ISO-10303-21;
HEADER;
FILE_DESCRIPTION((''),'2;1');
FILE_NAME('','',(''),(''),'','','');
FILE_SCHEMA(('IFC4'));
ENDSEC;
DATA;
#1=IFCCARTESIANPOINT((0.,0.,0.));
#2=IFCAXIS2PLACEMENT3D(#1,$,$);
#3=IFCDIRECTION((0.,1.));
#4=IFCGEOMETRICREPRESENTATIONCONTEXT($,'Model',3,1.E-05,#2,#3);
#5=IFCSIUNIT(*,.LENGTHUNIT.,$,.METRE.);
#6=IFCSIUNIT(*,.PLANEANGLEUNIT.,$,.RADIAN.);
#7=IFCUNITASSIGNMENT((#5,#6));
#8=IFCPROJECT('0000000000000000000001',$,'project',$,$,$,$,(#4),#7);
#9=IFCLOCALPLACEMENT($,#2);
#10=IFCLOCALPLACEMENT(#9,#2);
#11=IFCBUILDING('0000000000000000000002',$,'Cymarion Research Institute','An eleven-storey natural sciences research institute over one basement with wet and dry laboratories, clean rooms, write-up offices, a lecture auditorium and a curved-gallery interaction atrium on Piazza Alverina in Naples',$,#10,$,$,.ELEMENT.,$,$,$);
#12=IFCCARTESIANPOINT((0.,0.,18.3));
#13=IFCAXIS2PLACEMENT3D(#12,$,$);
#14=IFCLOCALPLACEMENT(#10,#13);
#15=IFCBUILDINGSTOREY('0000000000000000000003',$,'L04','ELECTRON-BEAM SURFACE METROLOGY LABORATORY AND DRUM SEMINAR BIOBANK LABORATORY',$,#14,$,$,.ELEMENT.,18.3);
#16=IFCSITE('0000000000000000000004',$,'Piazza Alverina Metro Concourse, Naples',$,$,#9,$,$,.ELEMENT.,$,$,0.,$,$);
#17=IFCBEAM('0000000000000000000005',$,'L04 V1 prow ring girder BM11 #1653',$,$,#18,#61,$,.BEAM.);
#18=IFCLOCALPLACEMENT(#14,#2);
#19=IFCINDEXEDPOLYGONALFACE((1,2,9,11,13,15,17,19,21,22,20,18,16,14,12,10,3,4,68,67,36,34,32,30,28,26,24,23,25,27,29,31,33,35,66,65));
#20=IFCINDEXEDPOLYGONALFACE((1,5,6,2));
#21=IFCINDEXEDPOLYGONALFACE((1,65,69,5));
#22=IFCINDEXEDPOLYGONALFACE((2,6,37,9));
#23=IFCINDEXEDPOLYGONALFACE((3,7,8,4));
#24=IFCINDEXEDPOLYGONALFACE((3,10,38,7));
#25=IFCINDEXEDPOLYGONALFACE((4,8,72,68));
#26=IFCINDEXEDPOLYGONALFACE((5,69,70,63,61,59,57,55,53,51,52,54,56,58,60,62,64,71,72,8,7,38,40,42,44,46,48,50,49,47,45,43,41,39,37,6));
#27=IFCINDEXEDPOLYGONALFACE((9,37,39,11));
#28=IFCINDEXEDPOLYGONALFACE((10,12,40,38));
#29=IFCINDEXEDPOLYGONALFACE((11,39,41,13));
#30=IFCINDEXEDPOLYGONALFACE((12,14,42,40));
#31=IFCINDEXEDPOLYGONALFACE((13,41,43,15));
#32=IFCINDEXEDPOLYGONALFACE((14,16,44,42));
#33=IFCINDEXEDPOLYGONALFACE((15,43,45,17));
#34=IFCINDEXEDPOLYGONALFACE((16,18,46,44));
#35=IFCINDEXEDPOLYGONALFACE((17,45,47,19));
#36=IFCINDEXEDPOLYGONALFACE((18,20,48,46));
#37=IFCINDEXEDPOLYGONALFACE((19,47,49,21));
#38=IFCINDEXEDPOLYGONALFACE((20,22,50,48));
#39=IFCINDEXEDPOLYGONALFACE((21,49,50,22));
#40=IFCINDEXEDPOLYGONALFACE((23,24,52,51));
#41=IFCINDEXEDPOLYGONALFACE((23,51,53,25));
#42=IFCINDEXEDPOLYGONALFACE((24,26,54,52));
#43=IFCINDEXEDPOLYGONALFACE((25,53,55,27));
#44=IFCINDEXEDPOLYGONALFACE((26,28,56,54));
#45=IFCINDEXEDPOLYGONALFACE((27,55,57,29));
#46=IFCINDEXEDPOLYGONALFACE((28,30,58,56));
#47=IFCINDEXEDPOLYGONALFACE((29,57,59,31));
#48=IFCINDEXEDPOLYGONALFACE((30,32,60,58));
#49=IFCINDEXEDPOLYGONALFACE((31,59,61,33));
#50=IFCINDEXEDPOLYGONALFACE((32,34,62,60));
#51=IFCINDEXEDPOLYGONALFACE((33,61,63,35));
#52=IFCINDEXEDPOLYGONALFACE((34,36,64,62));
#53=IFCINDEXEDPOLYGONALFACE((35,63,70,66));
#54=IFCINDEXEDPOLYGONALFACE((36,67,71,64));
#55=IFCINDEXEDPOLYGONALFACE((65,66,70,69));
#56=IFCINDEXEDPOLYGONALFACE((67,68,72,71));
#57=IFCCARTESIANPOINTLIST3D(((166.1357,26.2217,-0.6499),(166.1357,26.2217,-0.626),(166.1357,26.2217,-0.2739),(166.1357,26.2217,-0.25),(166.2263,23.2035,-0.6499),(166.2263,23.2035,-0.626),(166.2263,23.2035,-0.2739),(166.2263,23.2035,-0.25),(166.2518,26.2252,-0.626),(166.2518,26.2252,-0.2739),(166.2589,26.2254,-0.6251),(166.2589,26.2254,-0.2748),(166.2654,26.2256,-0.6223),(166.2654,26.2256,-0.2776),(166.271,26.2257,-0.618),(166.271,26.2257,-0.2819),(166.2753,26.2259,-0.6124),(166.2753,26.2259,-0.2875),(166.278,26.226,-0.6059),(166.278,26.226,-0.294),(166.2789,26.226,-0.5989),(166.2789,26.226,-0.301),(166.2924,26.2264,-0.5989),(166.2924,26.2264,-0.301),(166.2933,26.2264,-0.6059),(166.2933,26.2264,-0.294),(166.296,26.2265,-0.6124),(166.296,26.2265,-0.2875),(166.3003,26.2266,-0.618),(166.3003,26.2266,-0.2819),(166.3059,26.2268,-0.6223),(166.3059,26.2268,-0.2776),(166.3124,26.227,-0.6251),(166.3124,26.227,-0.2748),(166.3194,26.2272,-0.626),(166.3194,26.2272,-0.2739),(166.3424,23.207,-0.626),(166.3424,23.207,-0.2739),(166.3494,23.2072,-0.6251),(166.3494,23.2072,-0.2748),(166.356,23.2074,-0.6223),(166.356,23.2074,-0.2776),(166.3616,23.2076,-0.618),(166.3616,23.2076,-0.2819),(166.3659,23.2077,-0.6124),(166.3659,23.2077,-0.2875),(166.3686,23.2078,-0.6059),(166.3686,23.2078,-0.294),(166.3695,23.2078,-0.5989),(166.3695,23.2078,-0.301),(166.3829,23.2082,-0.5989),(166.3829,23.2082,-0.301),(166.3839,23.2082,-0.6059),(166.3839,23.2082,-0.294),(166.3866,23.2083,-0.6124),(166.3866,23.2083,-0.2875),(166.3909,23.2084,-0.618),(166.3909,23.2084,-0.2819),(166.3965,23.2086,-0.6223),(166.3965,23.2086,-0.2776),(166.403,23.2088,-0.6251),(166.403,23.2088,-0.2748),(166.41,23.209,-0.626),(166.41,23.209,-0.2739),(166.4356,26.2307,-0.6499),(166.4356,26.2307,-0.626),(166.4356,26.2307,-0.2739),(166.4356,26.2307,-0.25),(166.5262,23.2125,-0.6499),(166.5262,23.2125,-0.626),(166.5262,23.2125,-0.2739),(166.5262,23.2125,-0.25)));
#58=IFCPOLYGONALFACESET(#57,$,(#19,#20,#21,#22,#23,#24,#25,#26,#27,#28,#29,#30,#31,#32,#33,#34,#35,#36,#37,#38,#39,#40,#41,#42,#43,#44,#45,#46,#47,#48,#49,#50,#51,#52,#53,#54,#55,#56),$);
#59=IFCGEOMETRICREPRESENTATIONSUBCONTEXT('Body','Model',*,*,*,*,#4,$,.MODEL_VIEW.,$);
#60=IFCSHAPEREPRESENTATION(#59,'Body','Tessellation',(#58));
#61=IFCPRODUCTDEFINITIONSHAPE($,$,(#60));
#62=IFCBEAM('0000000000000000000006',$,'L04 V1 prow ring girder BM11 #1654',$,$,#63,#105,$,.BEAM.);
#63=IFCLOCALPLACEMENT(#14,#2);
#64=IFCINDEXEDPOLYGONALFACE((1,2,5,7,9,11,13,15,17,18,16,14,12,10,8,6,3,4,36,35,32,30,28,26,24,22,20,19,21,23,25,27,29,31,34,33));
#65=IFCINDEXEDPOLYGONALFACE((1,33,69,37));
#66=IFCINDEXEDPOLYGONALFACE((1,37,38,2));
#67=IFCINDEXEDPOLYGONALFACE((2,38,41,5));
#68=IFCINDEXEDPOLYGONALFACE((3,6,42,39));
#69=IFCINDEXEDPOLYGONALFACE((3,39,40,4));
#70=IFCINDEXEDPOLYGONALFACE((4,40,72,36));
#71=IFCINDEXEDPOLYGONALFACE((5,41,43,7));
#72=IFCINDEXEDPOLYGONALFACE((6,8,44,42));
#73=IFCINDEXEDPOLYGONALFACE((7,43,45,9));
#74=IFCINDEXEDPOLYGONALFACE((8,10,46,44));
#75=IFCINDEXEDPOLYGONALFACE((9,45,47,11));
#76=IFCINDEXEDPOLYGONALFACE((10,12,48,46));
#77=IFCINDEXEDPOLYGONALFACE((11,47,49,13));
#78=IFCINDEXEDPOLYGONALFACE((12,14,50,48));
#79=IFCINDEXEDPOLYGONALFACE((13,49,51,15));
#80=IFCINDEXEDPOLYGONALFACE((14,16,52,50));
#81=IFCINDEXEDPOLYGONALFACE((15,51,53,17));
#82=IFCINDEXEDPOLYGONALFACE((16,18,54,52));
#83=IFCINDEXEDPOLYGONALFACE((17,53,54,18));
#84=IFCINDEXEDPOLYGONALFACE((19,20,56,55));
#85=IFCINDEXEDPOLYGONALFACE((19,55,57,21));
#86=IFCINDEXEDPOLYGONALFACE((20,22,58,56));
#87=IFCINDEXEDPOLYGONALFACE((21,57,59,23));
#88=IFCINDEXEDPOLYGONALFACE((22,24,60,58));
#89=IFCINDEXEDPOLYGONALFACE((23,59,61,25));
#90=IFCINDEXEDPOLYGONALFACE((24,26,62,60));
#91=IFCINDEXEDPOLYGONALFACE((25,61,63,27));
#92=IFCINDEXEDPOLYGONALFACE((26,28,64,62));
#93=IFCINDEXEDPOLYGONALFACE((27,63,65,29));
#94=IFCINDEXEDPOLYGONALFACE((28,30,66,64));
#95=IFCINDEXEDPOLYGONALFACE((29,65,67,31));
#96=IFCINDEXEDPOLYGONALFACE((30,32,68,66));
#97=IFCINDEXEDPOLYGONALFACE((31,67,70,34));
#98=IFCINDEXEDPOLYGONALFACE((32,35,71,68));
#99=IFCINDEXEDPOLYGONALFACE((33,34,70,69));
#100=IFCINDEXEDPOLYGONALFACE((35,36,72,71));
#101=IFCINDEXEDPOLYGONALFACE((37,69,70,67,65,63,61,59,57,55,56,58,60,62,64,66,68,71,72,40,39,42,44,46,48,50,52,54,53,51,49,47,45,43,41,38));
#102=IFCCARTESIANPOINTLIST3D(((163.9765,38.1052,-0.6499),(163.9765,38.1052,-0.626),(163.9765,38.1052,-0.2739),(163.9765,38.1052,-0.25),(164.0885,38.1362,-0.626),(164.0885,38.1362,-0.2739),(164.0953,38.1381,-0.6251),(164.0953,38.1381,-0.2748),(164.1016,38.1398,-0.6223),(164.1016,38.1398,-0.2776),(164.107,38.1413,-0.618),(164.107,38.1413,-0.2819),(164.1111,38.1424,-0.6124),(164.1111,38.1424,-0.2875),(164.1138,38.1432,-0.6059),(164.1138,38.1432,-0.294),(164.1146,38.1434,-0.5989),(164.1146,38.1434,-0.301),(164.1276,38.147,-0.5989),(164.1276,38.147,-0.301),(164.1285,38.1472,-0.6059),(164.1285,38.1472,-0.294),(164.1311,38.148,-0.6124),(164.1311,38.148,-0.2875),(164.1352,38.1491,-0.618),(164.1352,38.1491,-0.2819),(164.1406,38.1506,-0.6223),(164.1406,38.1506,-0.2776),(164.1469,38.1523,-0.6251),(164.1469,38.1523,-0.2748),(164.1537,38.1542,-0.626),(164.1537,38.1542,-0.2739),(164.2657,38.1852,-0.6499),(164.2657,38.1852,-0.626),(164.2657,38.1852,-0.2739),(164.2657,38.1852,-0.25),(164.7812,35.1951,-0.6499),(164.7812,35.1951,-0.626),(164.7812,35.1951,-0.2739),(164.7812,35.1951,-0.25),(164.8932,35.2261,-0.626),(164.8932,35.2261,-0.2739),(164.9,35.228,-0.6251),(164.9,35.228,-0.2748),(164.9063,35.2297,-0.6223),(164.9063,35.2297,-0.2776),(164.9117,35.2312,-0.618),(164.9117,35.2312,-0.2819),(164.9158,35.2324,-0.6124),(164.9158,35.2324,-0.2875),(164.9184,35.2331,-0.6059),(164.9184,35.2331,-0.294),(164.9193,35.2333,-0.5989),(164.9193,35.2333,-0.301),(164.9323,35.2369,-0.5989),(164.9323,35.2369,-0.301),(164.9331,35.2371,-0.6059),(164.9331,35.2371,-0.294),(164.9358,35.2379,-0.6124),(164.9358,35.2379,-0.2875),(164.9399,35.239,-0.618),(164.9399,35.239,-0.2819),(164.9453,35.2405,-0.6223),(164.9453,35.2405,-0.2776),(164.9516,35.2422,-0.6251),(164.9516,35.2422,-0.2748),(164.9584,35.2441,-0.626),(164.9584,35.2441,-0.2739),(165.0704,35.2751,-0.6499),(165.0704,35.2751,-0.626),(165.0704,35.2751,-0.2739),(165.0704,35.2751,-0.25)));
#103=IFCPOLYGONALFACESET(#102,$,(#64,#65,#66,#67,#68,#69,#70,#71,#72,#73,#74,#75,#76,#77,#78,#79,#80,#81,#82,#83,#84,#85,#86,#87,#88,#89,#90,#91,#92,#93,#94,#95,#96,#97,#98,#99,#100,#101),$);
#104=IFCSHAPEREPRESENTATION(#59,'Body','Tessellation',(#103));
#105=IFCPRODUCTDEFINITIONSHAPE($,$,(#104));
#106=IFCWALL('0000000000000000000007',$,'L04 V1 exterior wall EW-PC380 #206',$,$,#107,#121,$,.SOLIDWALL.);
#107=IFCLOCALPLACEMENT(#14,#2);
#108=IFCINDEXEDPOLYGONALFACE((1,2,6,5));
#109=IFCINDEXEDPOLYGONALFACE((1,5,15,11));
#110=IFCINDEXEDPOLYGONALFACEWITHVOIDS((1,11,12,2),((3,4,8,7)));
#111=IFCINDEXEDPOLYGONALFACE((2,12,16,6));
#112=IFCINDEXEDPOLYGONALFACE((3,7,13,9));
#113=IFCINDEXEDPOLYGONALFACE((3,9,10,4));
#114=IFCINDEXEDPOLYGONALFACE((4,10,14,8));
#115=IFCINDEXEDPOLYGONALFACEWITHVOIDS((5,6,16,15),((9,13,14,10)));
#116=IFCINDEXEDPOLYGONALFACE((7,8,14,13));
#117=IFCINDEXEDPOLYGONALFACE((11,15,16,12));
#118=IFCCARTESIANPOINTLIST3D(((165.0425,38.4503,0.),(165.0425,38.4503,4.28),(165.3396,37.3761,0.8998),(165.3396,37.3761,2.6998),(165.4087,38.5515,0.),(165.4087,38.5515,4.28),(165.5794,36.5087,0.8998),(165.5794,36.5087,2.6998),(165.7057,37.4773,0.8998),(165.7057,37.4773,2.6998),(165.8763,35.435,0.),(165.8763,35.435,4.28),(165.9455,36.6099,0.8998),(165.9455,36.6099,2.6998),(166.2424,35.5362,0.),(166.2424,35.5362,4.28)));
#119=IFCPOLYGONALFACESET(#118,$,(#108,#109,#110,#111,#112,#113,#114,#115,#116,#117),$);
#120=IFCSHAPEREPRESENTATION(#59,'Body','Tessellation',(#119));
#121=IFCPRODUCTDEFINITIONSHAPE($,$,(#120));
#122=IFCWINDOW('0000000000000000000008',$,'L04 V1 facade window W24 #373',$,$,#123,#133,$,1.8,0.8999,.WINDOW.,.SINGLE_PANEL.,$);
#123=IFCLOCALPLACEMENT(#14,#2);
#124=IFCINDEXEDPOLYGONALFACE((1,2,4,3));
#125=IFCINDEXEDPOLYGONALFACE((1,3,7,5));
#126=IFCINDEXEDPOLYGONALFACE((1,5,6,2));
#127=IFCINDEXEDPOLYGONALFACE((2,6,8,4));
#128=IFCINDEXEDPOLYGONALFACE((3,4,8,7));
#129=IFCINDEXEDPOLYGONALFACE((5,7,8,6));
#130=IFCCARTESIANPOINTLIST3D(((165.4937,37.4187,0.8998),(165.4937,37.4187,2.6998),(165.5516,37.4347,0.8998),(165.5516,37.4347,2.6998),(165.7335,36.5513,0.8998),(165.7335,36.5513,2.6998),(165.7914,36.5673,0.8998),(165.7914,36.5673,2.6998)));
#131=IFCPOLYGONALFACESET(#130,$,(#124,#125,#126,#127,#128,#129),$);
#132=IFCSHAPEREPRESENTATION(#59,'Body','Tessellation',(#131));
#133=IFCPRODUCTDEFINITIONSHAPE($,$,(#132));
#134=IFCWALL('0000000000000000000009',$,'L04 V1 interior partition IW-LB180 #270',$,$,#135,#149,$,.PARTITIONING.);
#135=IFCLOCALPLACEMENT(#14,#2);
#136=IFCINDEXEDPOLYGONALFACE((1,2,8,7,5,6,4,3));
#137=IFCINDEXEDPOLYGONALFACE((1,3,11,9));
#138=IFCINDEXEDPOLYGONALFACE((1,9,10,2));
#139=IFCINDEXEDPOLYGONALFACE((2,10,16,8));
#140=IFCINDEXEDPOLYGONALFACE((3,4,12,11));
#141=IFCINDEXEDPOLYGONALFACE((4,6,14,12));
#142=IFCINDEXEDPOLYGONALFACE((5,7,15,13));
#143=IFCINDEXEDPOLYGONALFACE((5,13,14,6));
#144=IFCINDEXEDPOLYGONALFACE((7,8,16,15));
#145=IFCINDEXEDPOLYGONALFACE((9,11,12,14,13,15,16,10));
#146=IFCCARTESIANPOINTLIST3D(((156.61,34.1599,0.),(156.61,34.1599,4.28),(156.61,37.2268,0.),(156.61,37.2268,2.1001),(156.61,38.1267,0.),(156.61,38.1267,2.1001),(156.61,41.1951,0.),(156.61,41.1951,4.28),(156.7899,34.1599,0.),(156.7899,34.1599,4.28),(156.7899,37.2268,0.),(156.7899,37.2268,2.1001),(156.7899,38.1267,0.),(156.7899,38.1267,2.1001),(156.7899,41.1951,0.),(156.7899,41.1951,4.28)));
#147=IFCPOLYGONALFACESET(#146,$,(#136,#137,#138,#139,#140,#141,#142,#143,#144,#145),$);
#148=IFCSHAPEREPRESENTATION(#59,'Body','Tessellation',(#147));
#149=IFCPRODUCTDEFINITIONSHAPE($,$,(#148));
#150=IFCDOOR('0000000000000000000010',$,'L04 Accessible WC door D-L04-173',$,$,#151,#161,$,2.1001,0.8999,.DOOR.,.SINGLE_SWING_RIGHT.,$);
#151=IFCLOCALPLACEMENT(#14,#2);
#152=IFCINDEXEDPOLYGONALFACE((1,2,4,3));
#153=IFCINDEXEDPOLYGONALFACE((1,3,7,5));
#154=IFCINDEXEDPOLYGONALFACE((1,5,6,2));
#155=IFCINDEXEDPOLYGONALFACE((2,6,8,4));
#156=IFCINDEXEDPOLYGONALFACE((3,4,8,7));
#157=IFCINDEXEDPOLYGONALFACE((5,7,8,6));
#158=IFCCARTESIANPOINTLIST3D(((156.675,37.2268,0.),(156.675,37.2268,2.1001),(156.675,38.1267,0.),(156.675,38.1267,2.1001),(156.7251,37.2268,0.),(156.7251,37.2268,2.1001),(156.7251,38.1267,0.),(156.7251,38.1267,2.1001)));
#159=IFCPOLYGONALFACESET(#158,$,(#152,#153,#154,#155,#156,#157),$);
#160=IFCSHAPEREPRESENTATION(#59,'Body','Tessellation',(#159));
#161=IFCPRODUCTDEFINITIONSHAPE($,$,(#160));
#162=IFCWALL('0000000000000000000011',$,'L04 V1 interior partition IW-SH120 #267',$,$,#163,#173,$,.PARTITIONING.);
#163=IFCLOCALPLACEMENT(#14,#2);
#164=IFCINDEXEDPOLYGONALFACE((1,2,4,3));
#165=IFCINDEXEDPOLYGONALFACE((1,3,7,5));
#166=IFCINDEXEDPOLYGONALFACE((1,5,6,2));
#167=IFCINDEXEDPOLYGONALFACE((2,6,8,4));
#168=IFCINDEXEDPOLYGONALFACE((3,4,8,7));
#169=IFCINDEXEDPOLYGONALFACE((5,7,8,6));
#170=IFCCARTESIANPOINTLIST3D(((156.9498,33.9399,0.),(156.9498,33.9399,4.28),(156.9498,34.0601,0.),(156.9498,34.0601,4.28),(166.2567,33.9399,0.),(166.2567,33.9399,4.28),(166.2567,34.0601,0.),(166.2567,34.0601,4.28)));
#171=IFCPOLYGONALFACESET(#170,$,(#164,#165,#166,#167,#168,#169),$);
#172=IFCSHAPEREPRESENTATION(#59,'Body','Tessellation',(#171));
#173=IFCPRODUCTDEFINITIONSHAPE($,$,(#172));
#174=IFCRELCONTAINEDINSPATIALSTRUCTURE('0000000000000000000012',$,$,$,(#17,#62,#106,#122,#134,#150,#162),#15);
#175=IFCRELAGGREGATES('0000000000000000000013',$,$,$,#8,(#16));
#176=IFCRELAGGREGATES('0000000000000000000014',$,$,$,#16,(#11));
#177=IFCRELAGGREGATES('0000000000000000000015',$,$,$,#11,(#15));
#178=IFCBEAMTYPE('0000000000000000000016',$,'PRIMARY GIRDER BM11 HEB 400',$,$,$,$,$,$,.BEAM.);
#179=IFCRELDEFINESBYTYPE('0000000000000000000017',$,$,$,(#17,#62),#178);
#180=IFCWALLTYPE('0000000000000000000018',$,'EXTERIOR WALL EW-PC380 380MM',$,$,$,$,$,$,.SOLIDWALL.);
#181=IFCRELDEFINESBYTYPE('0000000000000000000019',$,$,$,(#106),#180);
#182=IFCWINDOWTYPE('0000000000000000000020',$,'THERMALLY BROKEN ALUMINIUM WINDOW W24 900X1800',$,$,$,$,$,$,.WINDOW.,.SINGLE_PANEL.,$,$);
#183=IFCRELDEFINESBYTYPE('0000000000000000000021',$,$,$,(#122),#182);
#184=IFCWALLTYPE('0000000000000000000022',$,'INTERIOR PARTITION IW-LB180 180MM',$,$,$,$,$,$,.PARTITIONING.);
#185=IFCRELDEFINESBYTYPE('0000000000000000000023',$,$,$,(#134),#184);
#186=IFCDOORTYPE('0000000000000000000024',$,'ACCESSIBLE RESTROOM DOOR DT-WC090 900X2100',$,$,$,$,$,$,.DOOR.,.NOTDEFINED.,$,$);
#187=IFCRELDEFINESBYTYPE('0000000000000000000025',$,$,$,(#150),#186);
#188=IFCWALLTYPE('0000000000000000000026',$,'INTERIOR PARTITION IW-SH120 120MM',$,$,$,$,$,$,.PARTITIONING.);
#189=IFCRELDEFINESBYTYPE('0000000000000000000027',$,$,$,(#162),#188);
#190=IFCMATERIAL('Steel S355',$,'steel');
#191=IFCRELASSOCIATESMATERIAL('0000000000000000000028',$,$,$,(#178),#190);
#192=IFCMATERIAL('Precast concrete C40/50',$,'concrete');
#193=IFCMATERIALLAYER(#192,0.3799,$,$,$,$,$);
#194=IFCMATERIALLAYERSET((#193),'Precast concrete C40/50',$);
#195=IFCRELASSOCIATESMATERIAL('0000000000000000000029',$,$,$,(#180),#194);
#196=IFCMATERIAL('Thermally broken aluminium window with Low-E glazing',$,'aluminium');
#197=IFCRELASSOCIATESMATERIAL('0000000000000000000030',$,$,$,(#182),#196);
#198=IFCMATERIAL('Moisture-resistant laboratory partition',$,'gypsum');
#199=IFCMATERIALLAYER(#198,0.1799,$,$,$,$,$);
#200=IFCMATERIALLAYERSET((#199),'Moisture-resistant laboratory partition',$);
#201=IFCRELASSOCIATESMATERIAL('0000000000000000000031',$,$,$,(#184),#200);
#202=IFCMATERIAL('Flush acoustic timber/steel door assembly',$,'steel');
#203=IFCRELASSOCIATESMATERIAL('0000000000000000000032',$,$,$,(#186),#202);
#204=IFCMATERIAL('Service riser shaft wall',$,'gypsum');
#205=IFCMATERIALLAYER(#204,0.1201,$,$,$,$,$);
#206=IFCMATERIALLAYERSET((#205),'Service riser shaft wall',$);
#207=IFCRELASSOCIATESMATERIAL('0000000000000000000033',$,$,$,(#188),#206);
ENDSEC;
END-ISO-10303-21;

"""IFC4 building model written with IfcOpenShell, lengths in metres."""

from ifc_helpers import new_model, si_unit, direction, frame, frame_2d, origin, origin_2d, place, context, subcontext, project, spatial, rectangle, i_section, extrude, material, layer, layer_set, material_profile, profile_set, type_object, element, fill, save


model = new_model("IFC4")

# Units and contexts
model_context = context("Model", 3, precision=1e-05, world=origin(), true_north=direction((0.0, 1.0)))
body_context = subcontext(model_context, "Body", "Model", "MODEL_VIEW")
ifc_project = project(units=[si_unit("LENGTHUNIT", "METRE"), si_unit("PLANEANGLEUNIT", "RADIAN")], contexts=[model_context])

# Site, building, storey
site_placement = place(None, origin())
site = spatial("IfcSite", under=ifc_project, at=site_placement, Name="Piazza Alverina Metro Concourse, Naples", CompositionType="ELEMENT", RefElevation=0.0)
building_placement = place(site_placement, origin())
building = spatial("IfcBuilding", under=site, at=building_placement, Name="Cymarion Research Institute", Description="An eleven-storey natural sciences research institute over one basement with wet and dry laboratories, clean rooms, write-up offices, a lecture auditorium and a curved-gallery interaction atrium on Piazza Alverina in Naples", CompositionType="ELEMENT")
storey_placement = place(building_placement, frame((0.0, 0.0, 18.3)))
storey = spatial("IfcBuildingStorey", under=building, at=storey_placement, Name="L04", Description="ELECTRON-BEAM SURFACE METROLOGY LABORATORY AND DRUM SEMINAR BIOBANK LABORATORY", CompositionType="ELEMENT", Elevation=18.3)

# Shared definitions
ifc_material_1 = material(Name="Steel S355", Category="steel")

# Beams
ifc_material_profile_1 = material_profile(ifc_material_1, i_section(OverallWidth=0.3, OverallDepth=0.3999, WebThickness=0.0134, FlangeThickness=0.0239, FilletRadius=0.0271, at=origin_2d()), Name="HEB 400")
ifc_profile_set_1 = profile_set([ifc_material_profile_1], Name="Steel S355")
beam_type_1 = type_object("IfcBeamType", Name="PRIMARY GIRDER BM11 HEB 400", PredefinedType="BEAM", material=ifc_profile_set_1)
beam_1_placement = place(storey_placement, frame((166.3762, 23.208, -0.45), z_axis=(-0.029998, 0.99955, 0.0), x_axis=(-0.99955, -0.029998, 0.0)))
element("IfcBeam", 1, at=beam_1_placement, inside=storey, type_object=beam_type_1, Name="L04 V1 prow ring girder BM11 #1653", PredefinedType="BEAM", context=body_context, shape_type="SweptSolid", body=[
    extrude(i_section(OverallWidth=0.3, OverallDepth=0.3999, WebThickness=0.0134, FlangeThickness=0.0239, FilletRadius=0.0271, at=origin_2d()), origin(), (0.0, 0.0, 1.0), 3.0195),
])
beam_2_placement = place(storey_placement, frame((164.9258, 35.2351, -0.45), z_axis=(-0.266509, 0.963832, 0.0), x_axis=(-0.963832, -0.266509, 0.0)))
element("IfcBeam", 2, at=beam_2_placement, inside=storey, type_object=beam_type_1, Name="L04 V1 prow ring girder BM11 #1654", PredefinedType="BEAM", context=body_context, shape_type="SweptSolid", body=[
    extrude(i_section(OverallWidth=0.3, OverallDepth=0.3999, WebThickness=0.0134, FlangeThickness=0.0239, FilletRadius=0.0271, at=origin_2d()), origin(), (0.0, 0.0, 1.0), 3.0193),
])

# Wall, opening, window
ifc_material_2 = material(Name="Precast concrete C40/50", Category="concrete")
ifc_layer_1 = layer(ifc_material_2, 0.3799)
ifc_layer_set_1 = layer_set([ifc_layer_1], Name="Precast concrete C40/50")
wall_type_1 = type_object("IfcWallType", Name="EXTERIOR WALL EW-PC380 380MM", PredefinedType="SOLIDWALL", material=ifc_layer_set_1)
wall_1_placement = place(storey_placement, frame((166.0593, 35.4856, 0.0), z_axis=(0.0, 0.0, 1.0), x_axis=(-0.266497, 0.963836, 0.0)))
wall_1 = element("IfcWall", 3, at=wall_1_placement, inside=storey, type_object=wall_type_1, Name="L04 V1 exterior wall EW-PC380 #206", PredefinedType="SOLIDWALL", context=body_context, shape_type="SweptSolid", body=[
    extrude(rectangle(XDim=3.1284, YDim=0.3799, at=frame_2d((1.5642, 0.0))), origin(), (0.0, 0.0, 1.0), 4.28),
])
opening_1_placement = place(wall_1_placement, frame((1.114, 0.0, 0.8999)))
opening_1 = element("IfcOpeningElement", 4, at=opening_1_placement, cuts=wall_1, PredefinedType="OPENING", context=body_context, shape_type="SweptSolid", body=[
    extrude(rectangle(XDim=0.8999, YDim=1.8, at=frame_2d((0.45, 0.8999))), frame((0.0, 0.2, 0.0), z_axis=(0.0, -1.0, 0.0), x_axis=(1.0, 0.0, 0.0)), (0.0, 0.0, 1.0), 0.3999),
])
ifc_material_3 = material(Name="Thermally broken aluminium window with Low-E glazing", Category="aluminium")
window_type = type_object("IfcWindowType", Name="THERMALLY BROKEN ALUMINIUM WINDOW W24 900X1800", PartitioningType="SINGLE_PANEL", PredefinedType="WINDOW", material=ifc_material_3)
window_placement = place(opening_1_placement, origin())
window = element("IfcWindow", 5, at=window_placement, inside=storey, type_object=window_type, Name="L04 V1 facade window W24 #373", OverallHeight=1.8, OverallWidth=0.8999, PartitioningType="SINGLE_PANEL", PredefinedType="WINDOW", context=body_context, shape_type="SweptSolid", body=[
    extrude(rectangle(XDim=0.8999, YDim=1.8, at=frame_2d((0.45, 0.8999))), frame((0.0, 0.03, 0.0), z_axis=(0.0, -1.0, 0.0), x_axis=(1.0, 0.0, 0.0)), (0.0, 0.0, 1.0), 0.0601),
])
fill(opening_1, window)

# Wall, opening, door
ifc_material_4 = material(Name="Moisture-resistant laboratory partition", Category="gypsum")
ifc_layer_2 = layer(ifc_material_4, 0.1799)
ifc_layer_set_2 = layer_set([ifc_layer_2], Name="Moisture-resistant laboratory partition")
wall_type_2 = type_object("IfcWallType", Name="INTERIOR PARTITION IW-LB180 180MM", PredefinedType="PARTITIONING", material=ifc_layer_set_2)
wall_2_placement = place(storey_placement, frame((156.7, 34.1599, 0.0), z_axis=(0.0, 0.0, 1.0), x_axis=(0.0, 1.0, 0.0)))
wall_2 = element("IfcWall", 6, at=wall_2_placement, inside=storey, type_object=wall_type_2, Name="L04 V1 interior partition IW-LB180 #270", PredefinedType="PARTITIONING", context=body_context, shape_type="SweptSolid", body=[
    extrude(rectangle(XDim=7.0352, YDim=0.1799, at=frame_2d((3.5176, 0.0))), origin(), (0.0, 0.0, 1.0), 4.28),
])
opening_2_placement = place(wall_2_placement, frame((3.0669, 0.0, 0.0)))
opening_2 = element("IfcOpeningElement", 7, at=opening_2_placement, cuts=wall_2, PredefinedType="OPENING", context=body_context, shape_type="SweptSolid", body=[
    extrude(rectangle(XDim=0.8999, YDim=2.1001, at=frame_2d((0.45, 1.05))), frame((0.0, 0.0999, 0.0), z_axis=(0.0, -1.0, 0.0), x_axis=(1.0, 0.0, 0.0)), (0.0, 0.0, 1.0), 0.2),
])
ifc_material_5 = material(Name="Flush acoustic timber/steel door assembly", Category="steel")
door_type = type_object("IfcDoorType", Name="ACCESSIBLE RESTROOM DOOR DT-WC090 900X2100", OperationType="NOTDEFINED", PredefinedType="DOOR", material=ifc_material_5)
door_placement = place(opening_2_placement, origin())
door = element("IfcDoor", 8, at=door_placement, inside=storey, type_object=door_type, Name="L04 Accessible WC door D-L04-173", OperationType="SINGLE_SWING_RIGHT", OverallHeight=2.1001, OverallWidth=0.8999, PredefinedType="DOOR", context=body_context, shape_type="SweptSolid", body=[
    extrude(rectangle(XDim=0.8999, YDim=2.1001, at=frame_2d((0.45, 1.05))), frame((0.0, 0.0249, 0.0), z_axis=(0.0, -1.0, 0.0), x_axis=(1.0, 0.0, 0.0)), (0.0, 0.0, 1.0), 0.05),
])
fill(opening_2, door)

# Wall
ifc_material_6 = material(Name="Service riser shaft wall", Category="gypsum")
ifc_layer_3 = layer(ifc_material_6, 0.1201)
ifc_layer_set_3 = layer_set([ifc_layer_3], Name="Service riser shaft wall")
wall_type_3 = type_object("IfcWallType", Name="INTERIOR PARTITION IW-SH120 120MM", PredefinedType="PARTITIONING", material=ifc_layer_set_3)
wall_3_placement = place(storey_placement, frame((156.95, 34.0, 0.0), z_axis=(0.0, 0.0, 1.0), x_axis=(1.0, 0.0, 0.0)))
element("IfcWall", 9, at=wall_3_placement, inside=storey, type_object=wall_type_3, Name="L04 V1 interior partition IW-SH120 #267", PredefinedType="PARTITIONING", context=body_context, shape_type="SweptSolid", body=[
    extrude(rectangle(XDim=9.3069, YDim=0.1201, at=frame_2d((4.6533, 0.0))), origin(), (0.0, 0.0, 1.0), 4.28),
])

save(model, "model.ifc")
